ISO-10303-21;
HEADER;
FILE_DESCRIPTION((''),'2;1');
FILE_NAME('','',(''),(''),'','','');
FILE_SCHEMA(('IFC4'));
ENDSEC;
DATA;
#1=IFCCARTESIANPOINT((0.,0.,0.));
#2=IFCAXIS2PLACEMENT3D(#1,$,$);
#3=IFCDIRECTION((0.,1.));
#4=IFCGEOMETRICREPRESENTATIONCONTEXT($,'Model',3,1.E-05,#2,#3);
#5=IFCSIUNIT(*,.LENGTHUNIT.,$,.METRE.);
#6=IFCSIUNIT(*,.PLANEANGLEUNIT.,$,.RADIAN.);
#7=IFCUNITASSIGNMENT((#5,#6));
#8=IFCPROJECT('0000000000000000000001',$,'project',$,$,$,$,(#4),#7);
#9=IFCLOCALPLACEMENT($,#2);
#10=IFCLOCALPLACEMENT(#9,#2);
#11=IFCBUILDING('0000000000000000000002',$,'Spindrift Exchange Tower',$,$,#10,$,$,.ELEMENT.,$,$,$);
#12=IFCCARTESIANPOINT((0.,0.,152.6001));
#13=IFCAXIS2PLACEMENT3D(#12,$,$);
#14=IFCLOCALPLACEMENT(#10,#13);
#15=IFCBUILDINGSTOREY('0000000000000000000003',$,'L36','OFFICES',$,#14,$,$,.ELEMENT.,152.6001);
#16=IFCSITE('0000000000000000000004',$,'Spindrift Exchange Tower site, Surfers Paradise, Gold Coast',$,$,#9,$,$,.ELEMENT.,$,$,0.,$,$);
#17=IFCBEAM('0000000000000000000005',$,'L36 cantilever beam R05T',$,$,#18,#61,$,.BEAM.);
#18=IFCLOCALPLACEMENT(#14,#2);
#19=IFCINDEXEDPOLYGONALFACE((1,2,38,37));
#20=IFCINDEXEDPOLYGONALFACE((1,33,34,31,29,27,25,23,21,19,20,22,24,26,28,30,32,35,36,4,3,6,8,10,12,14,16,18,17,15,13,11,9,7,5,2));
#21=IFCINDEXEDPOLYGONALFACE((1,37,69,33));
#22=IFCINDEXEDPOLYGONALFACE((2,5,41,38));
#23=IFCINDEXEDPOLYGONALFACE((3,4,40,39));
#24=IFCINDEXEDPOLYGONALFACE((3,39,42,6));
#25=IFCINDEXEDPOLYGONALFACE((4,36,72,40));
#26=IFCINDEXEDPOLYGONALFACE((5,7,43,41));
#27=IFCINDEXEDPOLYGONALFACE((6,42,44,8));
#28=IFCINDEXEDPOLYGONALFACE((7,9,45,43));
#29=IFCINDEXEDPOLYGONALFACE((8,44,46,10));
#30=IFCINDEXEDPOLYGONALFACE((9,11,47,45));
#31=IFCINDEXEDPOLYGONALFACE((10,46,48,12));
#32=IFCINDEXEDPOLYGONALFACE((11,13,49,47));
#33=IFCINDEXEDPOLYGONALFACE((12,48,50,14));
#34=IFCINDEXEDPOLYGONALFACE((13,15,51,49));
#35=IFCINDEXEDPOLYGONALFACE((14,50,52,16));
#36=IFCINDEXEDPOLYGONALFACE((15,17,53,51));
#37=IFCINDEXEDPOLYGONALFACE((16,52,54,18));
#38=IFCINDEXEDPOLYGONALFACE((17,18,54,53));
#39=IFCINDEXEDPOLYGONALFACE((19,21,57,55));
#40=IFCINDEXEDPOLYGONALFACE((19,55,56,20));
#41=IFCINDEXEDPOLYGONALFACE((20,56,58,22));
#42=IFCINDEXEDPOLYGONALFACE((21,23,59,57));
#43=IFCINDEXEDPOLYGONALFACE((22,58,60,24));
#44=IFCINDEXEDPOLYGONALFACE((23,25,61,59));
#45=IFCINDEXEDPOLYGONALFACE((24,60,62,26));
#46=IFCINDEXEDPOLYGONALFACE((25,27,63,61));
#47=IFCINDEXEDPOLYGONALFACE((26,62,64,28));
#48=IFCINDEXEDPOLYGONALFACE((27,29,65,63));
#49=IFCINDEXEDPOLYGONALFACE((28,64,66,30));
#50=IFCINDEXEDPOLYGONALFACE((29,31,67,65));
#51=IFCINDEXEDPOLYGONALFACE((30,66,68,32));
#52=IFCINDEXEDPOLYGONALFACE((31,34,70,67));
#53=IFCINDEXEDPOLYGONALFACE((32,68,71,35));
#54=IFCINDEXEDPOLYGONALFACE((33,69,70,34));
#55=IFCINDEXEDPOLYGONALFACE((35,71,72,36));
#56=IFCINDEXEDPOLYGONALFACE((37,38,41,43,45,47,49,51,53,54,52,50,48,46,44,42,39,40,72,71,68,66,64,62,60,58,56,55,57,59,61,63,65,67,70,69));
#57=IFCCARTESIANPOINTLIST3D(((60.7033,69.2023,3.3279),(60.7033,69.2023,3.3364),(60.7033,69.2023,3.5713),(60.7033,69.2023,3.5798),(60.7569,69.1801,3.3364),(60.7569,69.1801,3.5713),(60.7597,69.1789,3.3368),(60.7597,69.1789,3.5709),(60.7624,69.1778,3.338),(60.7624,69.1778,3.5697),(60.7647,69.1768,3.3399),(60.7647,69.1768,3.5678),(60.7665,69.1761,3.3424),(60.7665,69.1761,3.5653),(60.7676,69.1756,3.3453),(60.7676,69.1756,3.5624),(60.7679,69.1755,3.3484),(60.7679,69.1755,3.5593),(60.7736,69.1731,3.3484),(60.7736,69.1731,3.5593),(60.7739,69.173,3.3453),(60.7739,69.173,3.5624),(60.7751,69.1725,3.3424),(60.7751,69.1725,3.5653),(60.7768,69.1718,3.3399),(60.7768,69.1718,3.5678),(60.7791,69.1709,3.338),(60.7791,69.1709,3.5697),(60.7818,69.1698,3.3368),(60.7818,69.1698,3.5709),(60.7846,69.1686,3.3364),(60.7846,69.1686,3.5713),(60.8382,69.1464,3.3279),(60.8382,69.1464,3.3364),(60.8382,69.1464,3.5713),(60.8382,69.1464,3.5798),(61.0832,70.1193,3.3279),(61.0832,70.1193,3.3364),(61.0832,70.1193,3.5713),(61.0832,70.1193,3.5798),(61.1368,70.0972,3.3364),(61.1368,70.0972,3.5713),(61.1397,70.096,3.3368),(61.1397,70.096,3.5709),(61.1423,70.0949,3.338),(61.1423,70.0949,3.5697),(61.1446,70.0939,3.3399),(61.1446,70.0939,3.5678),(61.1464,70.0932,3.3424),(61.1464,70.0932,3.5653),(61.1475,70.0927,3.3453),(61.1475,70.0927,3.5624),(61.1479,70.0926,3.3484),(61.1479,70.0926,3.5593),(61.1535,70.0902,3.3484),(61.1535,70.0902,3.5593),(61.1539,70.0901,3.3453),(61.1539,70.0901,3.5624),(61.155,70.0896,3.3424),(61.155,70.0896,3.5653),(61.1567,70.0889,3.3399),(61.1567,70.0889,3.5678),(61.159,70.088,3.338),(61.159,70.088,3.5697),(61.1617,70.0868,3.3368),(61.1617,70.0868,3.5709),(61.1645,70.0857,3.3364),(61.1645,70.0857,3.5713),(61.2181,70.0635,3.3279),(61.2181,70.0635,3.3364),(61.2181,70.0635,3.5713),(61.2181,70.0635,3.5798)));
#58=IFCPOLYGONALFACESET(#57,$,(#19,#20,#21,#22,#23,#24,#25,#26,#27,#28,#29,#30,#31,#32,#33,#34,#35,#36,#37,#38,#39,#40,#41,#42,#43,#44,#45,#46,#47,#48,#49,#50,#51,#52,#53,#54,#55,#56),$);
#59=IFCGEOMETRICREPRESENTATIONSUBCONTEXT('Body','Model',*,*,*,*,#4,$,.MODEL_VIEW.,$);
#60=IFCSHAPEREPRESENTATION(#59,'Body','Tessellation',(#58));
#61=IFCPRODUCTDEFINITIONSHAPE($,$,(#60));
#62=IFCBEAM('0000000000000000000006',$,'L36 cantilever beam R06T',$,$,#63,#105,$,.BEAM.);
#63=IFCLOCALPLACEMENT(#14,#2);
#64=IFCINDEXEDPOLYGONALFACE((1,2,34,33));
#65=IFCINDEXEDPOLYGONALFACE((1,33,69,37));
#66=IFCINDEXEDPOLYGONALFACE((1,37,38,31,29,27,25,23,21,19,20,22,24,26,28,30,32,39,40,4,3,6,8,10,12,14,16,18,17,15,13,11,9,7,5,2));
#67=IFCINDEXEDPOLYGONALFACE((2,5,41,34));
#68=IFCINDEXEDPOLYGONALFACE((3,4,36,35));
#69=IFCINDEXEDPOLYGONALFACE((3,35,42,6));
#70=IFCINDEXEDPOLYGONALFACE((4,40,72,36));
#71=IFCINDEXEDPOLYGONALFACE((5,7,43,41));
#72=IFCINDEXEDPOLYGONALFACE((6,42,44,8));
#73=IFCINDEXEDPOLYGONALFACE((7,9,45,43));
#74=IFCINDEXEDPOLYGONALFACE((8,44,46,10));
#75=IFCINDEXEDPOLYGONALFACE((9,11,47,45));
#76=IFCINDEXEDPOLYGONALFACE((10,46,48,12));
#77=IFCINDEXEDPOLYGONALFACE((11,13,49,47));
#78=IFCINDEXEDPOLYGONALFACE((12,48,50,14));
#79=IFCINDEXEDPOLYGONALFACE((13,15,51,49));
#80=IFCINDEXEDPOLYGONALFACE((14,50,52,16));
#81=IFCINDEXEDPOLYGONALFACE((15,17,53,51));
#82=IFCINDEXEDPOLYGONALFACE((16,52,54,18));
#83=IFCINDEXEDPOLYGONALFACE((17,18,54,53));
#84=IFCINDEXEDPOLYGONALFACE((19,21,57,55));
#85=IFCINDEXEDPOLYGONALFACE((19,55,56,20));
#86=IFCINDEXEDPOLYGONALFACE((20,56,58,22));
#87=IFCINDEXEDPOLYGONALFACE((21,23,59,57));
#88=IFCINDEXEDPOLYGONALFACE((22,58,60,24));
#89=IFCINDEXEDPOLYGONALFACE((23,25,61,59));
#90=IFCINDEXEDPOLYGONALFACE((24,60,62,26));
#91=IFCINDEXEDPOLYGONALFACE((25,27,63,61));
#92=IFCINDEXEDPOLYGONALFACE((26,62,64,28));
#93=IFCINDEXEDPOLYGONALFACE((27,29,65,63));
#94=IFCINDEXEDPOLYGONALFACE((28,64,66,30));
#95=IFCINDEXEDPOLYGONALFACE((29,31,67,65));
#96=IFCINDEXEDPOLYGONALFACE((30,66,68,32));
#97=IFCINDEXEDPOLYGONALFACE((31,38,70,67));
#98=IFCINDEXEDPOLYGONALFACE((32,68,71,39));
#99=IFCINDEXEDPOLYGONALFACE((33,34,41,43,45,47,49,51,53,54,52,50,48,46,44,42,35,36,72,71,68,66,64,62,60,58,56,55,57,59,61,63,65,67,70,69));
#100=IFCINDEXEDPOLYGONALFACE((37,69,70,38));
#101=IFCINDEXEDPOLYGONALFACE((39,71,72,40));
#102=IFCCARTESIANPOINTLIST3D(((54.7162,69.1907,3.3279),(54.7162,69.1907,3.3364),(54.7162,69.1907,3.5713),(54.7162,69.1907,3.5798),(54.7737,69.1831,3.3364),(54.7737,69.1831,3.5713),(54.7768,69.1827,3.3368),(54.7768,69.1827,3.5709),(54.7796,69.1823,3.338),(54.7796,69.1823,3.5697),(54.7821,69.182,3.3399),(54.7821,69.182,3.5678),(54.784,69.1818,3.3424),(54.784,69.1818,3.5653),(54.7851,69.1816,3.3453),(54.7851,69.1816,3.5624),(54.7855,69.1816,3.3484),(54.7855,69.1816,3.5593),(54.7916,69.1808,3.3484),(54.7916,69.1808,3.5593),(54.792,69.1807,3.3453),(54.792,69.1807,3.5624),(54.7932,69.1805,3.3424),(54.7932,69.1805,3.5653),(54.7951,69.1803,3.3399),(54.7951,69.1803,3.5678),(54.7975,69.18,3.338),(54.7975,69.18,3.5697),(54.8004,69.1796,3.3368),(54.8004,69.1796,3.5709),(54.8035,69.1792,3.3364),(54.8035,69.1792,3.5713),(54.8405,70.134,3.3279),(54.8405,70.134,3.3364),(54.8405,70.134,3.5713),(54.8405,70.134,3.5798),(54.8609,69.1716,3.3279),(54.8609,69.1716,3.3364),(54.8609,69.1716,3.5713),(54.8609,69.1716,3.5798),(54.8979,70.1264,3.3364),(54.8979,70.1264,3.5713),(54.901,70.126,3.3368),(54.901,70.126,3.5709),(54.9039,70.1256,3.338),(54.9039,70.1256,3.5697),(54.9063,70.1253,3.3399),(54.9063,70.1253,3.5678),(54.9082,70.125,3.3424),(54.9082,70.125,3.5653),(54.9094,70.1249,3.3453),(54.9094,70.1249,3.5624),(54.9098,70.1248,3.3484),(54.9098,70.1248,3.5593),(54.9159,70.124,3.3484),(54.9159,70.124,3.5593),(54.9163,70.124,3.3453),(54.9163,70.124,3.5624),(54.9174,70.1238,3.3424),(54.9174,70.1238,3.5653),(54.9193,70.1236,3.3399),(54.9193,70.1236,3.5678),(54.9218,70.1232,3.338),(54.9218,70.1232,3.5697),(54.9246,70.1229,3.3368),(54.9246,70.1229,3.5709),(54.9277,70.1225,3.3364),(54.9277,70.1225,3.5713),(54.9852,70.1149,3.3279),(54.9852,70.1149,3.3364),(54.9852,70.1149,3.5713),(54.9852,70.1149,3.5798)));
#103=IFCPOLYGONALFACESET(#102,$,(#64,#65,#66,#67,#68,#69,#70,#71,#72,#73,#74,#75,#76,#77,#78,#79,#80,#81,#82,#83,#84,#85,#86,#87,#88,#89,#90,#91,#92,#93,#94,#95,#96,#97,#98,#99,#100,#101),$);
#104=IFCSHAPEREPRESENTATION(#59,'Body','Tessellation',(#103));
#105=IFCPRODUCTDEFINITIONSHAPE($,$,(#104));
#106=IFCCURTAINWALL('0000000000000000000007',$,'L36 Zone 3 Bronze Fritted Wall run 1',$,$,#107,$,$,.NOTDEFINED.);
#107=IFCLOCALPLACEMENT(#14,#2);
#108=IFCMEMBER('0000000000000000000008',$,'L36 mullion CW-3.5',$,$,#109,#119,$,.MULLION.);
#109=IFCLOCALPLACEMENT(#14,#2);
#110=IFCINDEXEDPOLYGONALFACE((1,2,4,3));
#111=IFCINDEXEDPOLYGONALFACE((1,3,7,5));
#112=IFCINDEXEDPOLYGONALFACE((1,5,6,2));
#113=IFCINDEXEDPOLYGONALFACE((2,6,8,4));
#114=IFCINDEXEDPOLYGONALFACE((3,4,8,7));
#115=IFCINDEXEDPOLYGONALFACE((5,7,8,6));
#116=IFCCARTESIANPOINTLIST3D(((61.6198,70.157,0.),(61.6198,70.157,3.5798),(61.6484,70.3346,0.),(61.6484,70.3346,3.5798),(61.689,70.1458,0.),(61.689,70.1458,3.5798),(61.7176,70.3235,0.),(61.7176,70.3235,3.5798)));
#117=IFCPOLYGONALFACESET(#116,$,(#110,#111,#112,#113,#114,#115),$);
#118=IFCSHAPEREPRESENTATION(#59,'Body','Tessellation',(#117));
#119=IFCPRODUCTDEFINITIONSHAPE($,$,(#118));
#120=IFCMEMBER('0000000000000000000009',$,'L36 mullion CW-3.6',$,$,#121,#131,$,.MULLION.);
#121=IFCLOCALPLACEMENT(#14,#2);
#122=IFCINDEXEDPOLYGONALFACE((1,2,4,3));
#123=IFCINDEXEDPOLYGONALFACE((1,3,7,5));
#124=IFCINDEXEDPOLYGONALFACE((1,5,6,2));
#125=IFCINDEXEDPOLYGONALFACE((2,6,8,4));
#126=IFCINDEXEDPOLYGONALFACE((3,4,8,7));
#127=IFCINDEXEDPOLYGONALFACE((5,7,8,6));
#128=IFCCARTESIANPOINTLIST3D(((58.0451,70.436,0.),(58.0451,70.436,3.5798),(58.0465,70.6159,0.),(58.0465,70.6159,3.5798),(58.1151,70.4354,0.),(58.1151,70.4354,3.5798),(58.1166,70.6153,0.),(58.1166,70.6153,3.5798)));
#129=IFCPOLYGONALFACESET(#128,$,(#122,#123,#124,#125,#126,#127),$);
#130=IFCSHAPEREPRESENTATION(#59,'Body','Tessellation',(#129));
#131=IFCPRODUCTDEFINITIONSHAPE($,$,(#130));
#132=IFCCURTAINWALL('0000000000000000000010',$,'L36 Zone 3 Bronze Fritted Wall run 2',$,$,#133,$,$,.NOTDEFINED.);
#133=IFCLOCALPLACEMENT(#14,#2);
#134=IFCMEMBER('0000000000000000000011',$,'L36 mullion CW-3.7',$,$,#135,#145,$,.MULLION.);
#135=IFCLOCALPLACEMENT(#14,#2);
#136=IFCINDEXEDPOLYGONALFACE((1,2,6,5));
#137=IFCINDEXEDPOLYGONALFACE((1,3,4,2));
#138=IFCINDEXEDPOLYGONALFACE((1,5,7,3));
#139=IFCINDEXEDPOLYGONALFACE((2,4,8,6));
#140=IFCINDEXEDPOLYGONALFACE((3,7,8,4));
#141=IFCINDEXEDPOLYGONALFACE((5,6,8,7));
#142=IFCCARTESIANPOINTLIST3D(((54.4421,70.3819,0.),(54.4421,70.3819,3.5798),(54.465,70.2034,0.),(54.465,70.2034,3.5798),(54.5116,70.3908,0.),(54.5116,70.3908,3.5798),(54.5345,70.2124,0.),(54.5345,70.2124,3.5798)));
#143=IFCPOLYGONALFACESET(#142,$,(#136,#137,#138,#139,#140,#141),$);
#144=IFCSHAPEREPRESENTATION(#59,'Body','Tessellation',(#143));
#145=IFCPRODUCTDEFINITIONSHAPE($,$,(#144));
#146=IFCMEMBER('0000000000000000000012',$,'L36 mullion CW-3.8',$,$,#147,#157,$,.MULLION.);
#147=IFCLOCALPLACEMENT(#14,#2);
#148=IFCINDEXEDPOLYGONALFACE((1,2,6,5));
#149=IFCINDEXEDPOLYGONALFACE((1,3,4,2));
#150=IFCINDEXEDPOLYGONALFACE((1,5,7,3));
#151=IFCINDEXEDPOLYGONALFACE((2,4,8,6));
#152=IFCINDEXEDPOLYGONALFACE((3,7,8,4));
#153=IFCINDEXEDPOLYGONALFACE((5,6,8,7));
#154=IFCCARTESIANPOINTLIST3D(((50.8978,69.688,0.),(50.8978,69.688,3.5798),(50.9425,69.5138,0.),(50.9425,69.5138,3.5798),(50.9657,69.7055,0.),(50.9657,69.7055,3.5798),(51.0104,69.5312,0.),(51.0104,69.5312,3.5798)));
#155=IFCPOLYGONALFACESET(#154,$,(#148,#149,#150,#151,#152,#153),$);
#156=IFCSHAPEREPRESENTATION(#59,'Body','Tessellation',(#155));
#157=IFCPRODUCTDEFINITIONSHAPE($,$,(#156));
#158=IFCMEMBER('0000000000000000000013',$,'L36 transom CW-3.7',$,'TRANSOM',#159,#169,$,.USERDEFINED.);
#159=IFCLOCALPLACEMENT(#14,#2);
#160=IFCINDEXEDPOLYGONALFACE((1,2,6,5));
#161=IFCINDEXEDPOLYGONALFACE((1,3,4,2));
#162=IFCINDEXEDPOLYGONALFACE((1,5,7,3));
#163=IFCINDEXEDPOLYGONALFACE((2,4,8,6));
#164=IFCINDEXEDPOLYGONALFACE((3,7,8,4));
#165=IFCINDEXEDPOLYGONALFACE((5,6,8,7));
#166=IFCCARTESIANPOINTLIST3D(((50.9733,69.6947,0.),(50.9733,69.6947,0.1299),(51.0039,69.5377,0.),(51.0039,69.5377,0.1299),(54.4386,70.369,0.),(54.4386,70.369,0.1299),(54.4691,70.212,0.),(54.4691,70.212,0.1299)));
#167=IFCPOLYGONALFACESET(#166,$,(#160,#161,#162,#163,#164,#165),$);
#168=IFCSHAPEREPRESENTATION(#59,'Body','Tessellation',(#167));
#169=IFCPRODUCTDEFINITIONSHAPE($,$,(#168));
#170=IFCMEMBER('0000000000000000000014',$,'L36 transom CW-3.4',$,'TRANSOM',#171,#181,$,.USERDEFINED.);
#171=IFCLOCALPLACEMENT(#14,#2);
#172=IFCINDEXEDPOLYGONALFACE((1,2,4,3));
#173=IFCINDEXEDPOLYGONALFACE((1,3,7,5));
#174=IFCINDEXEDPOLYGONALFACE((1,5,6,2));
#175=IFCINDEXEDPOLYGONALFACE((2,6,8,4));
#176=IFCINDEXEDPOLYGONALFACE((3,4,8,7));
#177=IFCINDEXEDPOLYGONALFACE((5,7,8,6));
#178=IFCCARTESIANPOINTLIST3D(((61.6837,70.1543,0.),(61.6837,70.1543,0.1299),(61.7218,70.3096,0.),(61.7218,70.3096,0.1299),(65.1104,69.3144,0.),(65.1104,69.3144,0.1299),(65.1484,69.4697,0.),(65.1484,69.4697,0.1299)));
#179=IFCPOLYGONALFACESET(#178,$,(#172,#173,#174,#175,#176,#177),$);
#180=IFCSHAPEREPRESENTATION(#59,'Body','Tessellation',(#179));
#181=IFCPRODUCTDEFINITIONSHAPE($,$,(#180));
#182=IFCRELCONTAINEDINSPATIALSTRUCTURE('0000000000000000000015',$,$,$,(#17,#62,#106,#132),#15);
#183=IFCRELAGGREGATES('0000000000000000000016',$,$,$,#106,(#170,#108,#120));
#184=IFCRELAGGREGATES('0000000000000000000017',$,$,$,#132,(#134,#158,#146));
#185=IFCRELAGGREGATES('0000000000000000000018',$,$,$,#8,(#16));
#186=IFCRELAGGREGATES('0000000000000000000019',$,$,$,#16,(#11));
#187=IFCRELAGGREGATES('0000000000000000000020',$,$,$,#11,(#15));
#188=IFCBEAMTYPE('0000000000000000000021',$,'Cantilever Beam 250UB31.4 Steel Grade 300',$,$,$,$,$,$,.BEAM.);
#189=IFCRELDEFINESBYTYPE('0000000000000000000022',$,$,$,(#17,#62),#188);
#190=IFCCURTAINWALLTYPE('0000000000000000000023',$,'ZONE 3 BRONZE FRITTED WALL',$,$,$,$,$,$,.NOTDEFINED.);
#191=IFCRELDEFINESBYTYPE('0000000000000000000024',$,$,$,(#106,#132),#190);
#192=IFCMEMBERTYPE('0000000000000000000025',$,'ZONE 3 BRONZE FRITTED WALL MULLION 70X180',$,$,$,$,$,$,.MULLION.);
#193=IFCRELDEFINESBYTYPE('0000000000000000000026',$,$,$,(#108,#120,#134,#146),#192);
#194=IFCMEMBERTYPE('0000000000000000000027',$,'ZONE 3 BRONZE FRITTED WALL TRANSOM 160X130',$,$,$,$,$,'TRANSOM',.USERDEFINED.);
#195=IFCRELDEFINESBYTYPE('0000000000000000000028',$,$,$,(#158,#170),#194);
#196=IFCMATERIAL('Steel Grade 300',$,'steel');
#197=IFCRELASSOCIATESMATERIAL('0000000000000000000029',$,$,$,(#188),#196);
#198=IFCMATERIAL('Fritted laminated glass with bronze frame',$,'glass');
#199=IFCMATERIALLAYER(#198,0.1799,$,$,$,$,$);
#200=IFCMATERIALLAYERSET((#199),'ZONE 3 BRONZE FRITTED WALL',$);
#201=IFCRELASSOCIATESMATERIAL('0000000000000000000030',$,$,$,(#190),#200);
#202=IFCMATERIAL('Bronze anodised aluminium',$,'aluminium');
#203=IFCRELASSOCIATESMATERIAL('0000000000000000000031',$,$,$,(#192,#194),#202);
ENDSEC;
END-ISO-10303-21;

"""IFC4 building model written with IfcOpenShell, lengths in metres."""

from ifc_helpers import new_model, si_unit, direction, frame, origin, origin_2d, place, context, subcontext, project, spatial, rectangle, i_section, extrude, source, transform, mapped, material, layer, layer_set, material_profile, profile_set, type_object, element, aggregate, save


model = new_model("IFC4")

# Units and contexts
model_context = context("Model", 3, precision=1e-05, world=origin(), true_north=direction((0.0, 1.0)))
body_context = subcontext(model_context, "Body", "Model", "MODEL_VIEW")
ifc_project = project(units=[si_unit("LENGTHUNIT", "METRE"), si_unit("PLANEANGLEUNIT", "RADIAN")], contexts=[model_context])

# Site, building, storey
site_placement = place(None, origin())
site = spatial("IfcSite", under=ifc_project, at=site_placement, Name="Spindrift Exchange Tower site, Surfers Paradise, Gold Coast", CompositionType="ELEMENT", RefElevation=0.0)
building_placement = place(site_placement, origin())
building = spatial("IfcBuilding", under=site, at=building_placement, Name="Spindrift Exchange Tower", CompositionType="ELEMENT")
storey_placement = place(building_placement, frame((0.0, 0.0, 152.6001)))
storey = spatial("IfcBuildingStorey", under=building, at=storey_placement, Name="L36", Description="OFFICES", CompositionType="ELEMENT", Elevation=152.6001)

# Beams
ifc_material_1 = material(Name="Steel Grade 300", Category="steel")
ifc_material_profile_1 = material_profile(ifc_material_1, i_section(OverallWidth=0.146, OverallDepth=0.252, WebThickness=0.0061, FlangeThickness=0.0085, FilletRadius=0.012, at=origin_2d()), Name="250UB31.4")
ifc_profile_set_1 = profile_set([ifc_material_profile_1], Name="Steel Grade 300")
beam_type_1 = type_object("IfcBeamType", Name="Cantilever Beam 250UB31.4 Steel Grade 300", PredefinedType="BEAM", material=ifc_profile_set_1)
shared_shape_1 = source(origin(), body_context, "Body", "SweptSolid", [
    extrude(i_section(OverallWidth=0.146, OverallDepth=0.252, WebThickness=0.0061, FlangeThickness=0.0085, FilletRadius=0.012, at=origin_2d()), origin(), (0.0, 0.0, 1.0), 0.9927),
])
beam_1_placement = place(storey_placement, frame((60.7708, 69.1743, 3.4539), z_axis=(0.382728, 0.923861, 0.0), x_axis=(-0.923861, 0.382728, 0.0)))
element("IfcBeam", 1, at=beam_1_placement, inside=storey, type_object=beam_type_1, Name="L36 cantilever beam R05T", PredefinedType="BEAM", context=body_context, shape_type="MappedRepresentation", body=[
    mapped(shared_shape_1, transform((0.0, 0.0, 0.0), scale=1.0)),
])
shared_shape_2 = source(origin(), body_context, "Body", "SweptSolid", [
    extrude(i_section(OverallWidth=0.146, OverallDepth=0.252, WebThickness=0.0061, FlangeThickness=0.0085, FilletRadius=0.012, at=origin_2d()), origin(), (0.0, 0.0, 1.0), 0.9514),
])
beam_2_placement = place(storey_placement, frame((54.7886, 69.1812, 3.4539), z_axis=(0.130601, 0.991435, 0.0), x_axis=(-0.991435, 0.130601, 0.0)))
element("IfcBeam", 2, at=beam_2_placement, inside=storey, type_object=beam_type_1, Name="L36 cantilever beam R06T", PredefinedType="BEAM", context=body_context, shape_type="MappedRepresentation", body=[
    mapped(shared_shape_2, transform((0.0, 0.0, 0.0), scale=1.0)),
])

# Curtain walls, members
ifc_material_2 = material(Name="Fritted laminated glass with bronze frame", Category="glass")
ifc_layer_1 = layer(ifc_material_2, 0.1799)
ifc_layer_set_1 = layer_set([ifc_layer_1], Name="ZONE 3 BRONZE FRITTED WALL")
curtain_wall_type = type_object("IfcCurtainWallType", Name="ZONE 3 BRONZE FRITTED WALL", PredefinedType="NOTDEFINED", material=ifc_layer_set_1)
curtain_wall_1_placement = place(storey_placement, origin())
curtain_wall_1 = element("IfcCurtainWall", 3, at=curtain_wall_1_placement, inside=storey, type_object=curtain_wall_type, Name="L36 Zone 3 Bronze Fritted Wall run 1", PredefinedType="NOTDEFINED")
ifc_material_3 = material(Name="Bronze anodised aluminium", Category="aluminium")
ifc_material_profile_2 = material_profile(ifc_material_3, rectangle(XDim=0.0701, YDim=0.1799, at=origin_2d()), Name="ZONE 3 BRONZE FRITTED WALL MULLION 70X180")
ifc_profile_set_2 = profile_set([ifc_material_profile_2], Name="Bronze anodised aluminium")
member_type_1 = type_object("IfcMemberType", Name="ZONE 3 BRONZE FRITTED WALL MULLION 70X180", PredefinedType="MULLION", material=ifc_profile_set_2)
shared_shape_3 = source(origin(), body_context, "Body", "SweptSolid", [
    extrude(rectangle(XDim=0.0701, YDim=0.1799, at=origin_2d()), origin(), (0.0, 0.0, 1.0), 3.5798),
])
member_1_placement = place(storey_placement, frame((61.6687, 70.2402, 0.0), z_axis=(0.0, 0.0, 1.0), x_axis=(-0.987249, 0.159184, 0.0)))
member_1 = element("IfcMember", 4, at=member_1_placement, type_object=member_type_1, Name="L36 mullion CW-3.5", PredefinedType="MULLION", context=body_context, shape_type="MappedRepresentation", body=[
    mapped(shared_shape_3, transform((0.0, 0.0, 0.0), scale=1.0)),
])
member_2_placement = place(storey_placement, frame((58.0808, 70.5256, 0.0), z_axis=(0.0, 0.0, 1.0), x_axis=(-0.999968, 0.007945, 0.0)))
member_2 = element("IfcMember", 5, at=member_2_placement, type_object=member_type_1, Name="L36 mullion CW-3.6", PredefinedType="MULLION", context=body_context, shape_type="MappedRepresentation", body=[
    mapped(shared_shape_3, transform((0.0, 0.0, 0.0), scale=1.0)),
])
curtain_wall_2_placement = place(storey_placement, origin())
curtain_wall_2 = element("IfcCurtainWall", 6, at=curtain_wall_2_placement, inside=storey, type_object=curtain_wall_type, Name="L36 Zone 3 Bronze Fritted Wall run 2", PredefinedType="NOTDEFINED")
member_3_placement = place(storey_placement, frame((54.4883, 70.2971, 0.0), z_axis=(0.0, 0.0, 1.0), x_axis=(-0.991839, -0.127494, 0.0)))
member_3 = element("IfcMember", 7, at=member_3_placement, type_object=member_type_1, Name="L36 mullion CW-3.7", PredefinedType="MULLION", context=body_context, shape_type="MappedRepresentation", body=[
    mapped(shared_shape_3, transform((0.0, 0.0, 0.0), scale=1.0)),
])
member_4_placement = place(storey_placement, frame((50.9541, 69.6096, 0.0), z_axis=(0.0, 0.0, 1.0), x_axis=(-0.968572, -0.248734, 0.0)))
member_4 = element("IfcMember", 8, at=member_4_placement, type_object=member_type_1, Name="L36 mullion CW-3.8", PredefinedType="MULLION", context=body_context, shape_type="MappedRepresentation", body=[
    mapped(shared_shape_3, transform((0.0, 0.0, 0.0), scale=1.0)),
])
ifc_material_profile_3 = material_profile(ifc_material_3, rectangle(XDim=0.1599, YDim=0.1299, at=origin_2d()), Name="ZONE 3 BRONZE FRITTED WALL TRANSOM 160X130")
ifc_profile_set_3 = profile_set([ifc_material_profile_3], Name="Bronze anodised aluminium")
member_type_2 = type_object("IfcMemberType", Name="ZONE 3 BRONZE FRITTED WALL TRANSOM 160X130", ElementType="TRANSOM", PredefinedType="USERDEFINED", material=ifc_profile_set_3)
shared_shape_4 = source(origin(), body_context, "Body", "SweptSolid", [
    extrude(rectangle(XDim=0.1599, YDim=0.1299, at=origin_2d()), origin(), (0.0, 0.0, 1.0), 3.5303),
])
member_5_placement = place(storey_placement, frame((54.4539, 70.2905, 0.0649), z_axis=(-0.981589, -0.191007, 0.0), x_axis=(0.191007, -0.981589, 0.0)))
member_5 = element("IfcMember", 9, at=member_5_placement, type_object=member_type_2, Name="L36 transom CW-3.7", ObjectType="TRANSOM", PredefinedType="USERDEFINED", context=body_context, shape_type="MappedRepresentation", body=[
    mapped(shared_shape_4, transform((0.0, 0.0, 0.0), scale=1.0)),
])

# Member
shared_shape_5 = source(origin(), body_context, "Body", "SweptSolid", [
    extrude(rectangle(XDim=0.1599, YDim=0.1299, at=origin_2d()), origin(), (0.0, 0.0, 1.0), 3.5281),
])
member_6_placement = place(storey_placement, frame((65.1294, 69.3921, 0.0649), z_axis=(-0.971256, 0.238039, 0.0), x_axis=(-0.238039, -0.971256, 0.0)))
member_6 = element("IfcMember", 10, at=member_6_placement, type_object=member_type_2, Name="L36 transom CW-3.4", ObjectType="TRANSOM", PredefinedType="USERDEFINED", context=body_context, shape_type="MappedRepresentation", body=[
    mapped(shared_shape_5, transform((0.0, 0.0, 0.0), scale=1.0)),
])

aggregate(curtain_wall_1, [member_6, member_1, member_2])
aggregate(curtain_wall_2, [member_3, member_5, member_4])

save(model, "model.ifc")
